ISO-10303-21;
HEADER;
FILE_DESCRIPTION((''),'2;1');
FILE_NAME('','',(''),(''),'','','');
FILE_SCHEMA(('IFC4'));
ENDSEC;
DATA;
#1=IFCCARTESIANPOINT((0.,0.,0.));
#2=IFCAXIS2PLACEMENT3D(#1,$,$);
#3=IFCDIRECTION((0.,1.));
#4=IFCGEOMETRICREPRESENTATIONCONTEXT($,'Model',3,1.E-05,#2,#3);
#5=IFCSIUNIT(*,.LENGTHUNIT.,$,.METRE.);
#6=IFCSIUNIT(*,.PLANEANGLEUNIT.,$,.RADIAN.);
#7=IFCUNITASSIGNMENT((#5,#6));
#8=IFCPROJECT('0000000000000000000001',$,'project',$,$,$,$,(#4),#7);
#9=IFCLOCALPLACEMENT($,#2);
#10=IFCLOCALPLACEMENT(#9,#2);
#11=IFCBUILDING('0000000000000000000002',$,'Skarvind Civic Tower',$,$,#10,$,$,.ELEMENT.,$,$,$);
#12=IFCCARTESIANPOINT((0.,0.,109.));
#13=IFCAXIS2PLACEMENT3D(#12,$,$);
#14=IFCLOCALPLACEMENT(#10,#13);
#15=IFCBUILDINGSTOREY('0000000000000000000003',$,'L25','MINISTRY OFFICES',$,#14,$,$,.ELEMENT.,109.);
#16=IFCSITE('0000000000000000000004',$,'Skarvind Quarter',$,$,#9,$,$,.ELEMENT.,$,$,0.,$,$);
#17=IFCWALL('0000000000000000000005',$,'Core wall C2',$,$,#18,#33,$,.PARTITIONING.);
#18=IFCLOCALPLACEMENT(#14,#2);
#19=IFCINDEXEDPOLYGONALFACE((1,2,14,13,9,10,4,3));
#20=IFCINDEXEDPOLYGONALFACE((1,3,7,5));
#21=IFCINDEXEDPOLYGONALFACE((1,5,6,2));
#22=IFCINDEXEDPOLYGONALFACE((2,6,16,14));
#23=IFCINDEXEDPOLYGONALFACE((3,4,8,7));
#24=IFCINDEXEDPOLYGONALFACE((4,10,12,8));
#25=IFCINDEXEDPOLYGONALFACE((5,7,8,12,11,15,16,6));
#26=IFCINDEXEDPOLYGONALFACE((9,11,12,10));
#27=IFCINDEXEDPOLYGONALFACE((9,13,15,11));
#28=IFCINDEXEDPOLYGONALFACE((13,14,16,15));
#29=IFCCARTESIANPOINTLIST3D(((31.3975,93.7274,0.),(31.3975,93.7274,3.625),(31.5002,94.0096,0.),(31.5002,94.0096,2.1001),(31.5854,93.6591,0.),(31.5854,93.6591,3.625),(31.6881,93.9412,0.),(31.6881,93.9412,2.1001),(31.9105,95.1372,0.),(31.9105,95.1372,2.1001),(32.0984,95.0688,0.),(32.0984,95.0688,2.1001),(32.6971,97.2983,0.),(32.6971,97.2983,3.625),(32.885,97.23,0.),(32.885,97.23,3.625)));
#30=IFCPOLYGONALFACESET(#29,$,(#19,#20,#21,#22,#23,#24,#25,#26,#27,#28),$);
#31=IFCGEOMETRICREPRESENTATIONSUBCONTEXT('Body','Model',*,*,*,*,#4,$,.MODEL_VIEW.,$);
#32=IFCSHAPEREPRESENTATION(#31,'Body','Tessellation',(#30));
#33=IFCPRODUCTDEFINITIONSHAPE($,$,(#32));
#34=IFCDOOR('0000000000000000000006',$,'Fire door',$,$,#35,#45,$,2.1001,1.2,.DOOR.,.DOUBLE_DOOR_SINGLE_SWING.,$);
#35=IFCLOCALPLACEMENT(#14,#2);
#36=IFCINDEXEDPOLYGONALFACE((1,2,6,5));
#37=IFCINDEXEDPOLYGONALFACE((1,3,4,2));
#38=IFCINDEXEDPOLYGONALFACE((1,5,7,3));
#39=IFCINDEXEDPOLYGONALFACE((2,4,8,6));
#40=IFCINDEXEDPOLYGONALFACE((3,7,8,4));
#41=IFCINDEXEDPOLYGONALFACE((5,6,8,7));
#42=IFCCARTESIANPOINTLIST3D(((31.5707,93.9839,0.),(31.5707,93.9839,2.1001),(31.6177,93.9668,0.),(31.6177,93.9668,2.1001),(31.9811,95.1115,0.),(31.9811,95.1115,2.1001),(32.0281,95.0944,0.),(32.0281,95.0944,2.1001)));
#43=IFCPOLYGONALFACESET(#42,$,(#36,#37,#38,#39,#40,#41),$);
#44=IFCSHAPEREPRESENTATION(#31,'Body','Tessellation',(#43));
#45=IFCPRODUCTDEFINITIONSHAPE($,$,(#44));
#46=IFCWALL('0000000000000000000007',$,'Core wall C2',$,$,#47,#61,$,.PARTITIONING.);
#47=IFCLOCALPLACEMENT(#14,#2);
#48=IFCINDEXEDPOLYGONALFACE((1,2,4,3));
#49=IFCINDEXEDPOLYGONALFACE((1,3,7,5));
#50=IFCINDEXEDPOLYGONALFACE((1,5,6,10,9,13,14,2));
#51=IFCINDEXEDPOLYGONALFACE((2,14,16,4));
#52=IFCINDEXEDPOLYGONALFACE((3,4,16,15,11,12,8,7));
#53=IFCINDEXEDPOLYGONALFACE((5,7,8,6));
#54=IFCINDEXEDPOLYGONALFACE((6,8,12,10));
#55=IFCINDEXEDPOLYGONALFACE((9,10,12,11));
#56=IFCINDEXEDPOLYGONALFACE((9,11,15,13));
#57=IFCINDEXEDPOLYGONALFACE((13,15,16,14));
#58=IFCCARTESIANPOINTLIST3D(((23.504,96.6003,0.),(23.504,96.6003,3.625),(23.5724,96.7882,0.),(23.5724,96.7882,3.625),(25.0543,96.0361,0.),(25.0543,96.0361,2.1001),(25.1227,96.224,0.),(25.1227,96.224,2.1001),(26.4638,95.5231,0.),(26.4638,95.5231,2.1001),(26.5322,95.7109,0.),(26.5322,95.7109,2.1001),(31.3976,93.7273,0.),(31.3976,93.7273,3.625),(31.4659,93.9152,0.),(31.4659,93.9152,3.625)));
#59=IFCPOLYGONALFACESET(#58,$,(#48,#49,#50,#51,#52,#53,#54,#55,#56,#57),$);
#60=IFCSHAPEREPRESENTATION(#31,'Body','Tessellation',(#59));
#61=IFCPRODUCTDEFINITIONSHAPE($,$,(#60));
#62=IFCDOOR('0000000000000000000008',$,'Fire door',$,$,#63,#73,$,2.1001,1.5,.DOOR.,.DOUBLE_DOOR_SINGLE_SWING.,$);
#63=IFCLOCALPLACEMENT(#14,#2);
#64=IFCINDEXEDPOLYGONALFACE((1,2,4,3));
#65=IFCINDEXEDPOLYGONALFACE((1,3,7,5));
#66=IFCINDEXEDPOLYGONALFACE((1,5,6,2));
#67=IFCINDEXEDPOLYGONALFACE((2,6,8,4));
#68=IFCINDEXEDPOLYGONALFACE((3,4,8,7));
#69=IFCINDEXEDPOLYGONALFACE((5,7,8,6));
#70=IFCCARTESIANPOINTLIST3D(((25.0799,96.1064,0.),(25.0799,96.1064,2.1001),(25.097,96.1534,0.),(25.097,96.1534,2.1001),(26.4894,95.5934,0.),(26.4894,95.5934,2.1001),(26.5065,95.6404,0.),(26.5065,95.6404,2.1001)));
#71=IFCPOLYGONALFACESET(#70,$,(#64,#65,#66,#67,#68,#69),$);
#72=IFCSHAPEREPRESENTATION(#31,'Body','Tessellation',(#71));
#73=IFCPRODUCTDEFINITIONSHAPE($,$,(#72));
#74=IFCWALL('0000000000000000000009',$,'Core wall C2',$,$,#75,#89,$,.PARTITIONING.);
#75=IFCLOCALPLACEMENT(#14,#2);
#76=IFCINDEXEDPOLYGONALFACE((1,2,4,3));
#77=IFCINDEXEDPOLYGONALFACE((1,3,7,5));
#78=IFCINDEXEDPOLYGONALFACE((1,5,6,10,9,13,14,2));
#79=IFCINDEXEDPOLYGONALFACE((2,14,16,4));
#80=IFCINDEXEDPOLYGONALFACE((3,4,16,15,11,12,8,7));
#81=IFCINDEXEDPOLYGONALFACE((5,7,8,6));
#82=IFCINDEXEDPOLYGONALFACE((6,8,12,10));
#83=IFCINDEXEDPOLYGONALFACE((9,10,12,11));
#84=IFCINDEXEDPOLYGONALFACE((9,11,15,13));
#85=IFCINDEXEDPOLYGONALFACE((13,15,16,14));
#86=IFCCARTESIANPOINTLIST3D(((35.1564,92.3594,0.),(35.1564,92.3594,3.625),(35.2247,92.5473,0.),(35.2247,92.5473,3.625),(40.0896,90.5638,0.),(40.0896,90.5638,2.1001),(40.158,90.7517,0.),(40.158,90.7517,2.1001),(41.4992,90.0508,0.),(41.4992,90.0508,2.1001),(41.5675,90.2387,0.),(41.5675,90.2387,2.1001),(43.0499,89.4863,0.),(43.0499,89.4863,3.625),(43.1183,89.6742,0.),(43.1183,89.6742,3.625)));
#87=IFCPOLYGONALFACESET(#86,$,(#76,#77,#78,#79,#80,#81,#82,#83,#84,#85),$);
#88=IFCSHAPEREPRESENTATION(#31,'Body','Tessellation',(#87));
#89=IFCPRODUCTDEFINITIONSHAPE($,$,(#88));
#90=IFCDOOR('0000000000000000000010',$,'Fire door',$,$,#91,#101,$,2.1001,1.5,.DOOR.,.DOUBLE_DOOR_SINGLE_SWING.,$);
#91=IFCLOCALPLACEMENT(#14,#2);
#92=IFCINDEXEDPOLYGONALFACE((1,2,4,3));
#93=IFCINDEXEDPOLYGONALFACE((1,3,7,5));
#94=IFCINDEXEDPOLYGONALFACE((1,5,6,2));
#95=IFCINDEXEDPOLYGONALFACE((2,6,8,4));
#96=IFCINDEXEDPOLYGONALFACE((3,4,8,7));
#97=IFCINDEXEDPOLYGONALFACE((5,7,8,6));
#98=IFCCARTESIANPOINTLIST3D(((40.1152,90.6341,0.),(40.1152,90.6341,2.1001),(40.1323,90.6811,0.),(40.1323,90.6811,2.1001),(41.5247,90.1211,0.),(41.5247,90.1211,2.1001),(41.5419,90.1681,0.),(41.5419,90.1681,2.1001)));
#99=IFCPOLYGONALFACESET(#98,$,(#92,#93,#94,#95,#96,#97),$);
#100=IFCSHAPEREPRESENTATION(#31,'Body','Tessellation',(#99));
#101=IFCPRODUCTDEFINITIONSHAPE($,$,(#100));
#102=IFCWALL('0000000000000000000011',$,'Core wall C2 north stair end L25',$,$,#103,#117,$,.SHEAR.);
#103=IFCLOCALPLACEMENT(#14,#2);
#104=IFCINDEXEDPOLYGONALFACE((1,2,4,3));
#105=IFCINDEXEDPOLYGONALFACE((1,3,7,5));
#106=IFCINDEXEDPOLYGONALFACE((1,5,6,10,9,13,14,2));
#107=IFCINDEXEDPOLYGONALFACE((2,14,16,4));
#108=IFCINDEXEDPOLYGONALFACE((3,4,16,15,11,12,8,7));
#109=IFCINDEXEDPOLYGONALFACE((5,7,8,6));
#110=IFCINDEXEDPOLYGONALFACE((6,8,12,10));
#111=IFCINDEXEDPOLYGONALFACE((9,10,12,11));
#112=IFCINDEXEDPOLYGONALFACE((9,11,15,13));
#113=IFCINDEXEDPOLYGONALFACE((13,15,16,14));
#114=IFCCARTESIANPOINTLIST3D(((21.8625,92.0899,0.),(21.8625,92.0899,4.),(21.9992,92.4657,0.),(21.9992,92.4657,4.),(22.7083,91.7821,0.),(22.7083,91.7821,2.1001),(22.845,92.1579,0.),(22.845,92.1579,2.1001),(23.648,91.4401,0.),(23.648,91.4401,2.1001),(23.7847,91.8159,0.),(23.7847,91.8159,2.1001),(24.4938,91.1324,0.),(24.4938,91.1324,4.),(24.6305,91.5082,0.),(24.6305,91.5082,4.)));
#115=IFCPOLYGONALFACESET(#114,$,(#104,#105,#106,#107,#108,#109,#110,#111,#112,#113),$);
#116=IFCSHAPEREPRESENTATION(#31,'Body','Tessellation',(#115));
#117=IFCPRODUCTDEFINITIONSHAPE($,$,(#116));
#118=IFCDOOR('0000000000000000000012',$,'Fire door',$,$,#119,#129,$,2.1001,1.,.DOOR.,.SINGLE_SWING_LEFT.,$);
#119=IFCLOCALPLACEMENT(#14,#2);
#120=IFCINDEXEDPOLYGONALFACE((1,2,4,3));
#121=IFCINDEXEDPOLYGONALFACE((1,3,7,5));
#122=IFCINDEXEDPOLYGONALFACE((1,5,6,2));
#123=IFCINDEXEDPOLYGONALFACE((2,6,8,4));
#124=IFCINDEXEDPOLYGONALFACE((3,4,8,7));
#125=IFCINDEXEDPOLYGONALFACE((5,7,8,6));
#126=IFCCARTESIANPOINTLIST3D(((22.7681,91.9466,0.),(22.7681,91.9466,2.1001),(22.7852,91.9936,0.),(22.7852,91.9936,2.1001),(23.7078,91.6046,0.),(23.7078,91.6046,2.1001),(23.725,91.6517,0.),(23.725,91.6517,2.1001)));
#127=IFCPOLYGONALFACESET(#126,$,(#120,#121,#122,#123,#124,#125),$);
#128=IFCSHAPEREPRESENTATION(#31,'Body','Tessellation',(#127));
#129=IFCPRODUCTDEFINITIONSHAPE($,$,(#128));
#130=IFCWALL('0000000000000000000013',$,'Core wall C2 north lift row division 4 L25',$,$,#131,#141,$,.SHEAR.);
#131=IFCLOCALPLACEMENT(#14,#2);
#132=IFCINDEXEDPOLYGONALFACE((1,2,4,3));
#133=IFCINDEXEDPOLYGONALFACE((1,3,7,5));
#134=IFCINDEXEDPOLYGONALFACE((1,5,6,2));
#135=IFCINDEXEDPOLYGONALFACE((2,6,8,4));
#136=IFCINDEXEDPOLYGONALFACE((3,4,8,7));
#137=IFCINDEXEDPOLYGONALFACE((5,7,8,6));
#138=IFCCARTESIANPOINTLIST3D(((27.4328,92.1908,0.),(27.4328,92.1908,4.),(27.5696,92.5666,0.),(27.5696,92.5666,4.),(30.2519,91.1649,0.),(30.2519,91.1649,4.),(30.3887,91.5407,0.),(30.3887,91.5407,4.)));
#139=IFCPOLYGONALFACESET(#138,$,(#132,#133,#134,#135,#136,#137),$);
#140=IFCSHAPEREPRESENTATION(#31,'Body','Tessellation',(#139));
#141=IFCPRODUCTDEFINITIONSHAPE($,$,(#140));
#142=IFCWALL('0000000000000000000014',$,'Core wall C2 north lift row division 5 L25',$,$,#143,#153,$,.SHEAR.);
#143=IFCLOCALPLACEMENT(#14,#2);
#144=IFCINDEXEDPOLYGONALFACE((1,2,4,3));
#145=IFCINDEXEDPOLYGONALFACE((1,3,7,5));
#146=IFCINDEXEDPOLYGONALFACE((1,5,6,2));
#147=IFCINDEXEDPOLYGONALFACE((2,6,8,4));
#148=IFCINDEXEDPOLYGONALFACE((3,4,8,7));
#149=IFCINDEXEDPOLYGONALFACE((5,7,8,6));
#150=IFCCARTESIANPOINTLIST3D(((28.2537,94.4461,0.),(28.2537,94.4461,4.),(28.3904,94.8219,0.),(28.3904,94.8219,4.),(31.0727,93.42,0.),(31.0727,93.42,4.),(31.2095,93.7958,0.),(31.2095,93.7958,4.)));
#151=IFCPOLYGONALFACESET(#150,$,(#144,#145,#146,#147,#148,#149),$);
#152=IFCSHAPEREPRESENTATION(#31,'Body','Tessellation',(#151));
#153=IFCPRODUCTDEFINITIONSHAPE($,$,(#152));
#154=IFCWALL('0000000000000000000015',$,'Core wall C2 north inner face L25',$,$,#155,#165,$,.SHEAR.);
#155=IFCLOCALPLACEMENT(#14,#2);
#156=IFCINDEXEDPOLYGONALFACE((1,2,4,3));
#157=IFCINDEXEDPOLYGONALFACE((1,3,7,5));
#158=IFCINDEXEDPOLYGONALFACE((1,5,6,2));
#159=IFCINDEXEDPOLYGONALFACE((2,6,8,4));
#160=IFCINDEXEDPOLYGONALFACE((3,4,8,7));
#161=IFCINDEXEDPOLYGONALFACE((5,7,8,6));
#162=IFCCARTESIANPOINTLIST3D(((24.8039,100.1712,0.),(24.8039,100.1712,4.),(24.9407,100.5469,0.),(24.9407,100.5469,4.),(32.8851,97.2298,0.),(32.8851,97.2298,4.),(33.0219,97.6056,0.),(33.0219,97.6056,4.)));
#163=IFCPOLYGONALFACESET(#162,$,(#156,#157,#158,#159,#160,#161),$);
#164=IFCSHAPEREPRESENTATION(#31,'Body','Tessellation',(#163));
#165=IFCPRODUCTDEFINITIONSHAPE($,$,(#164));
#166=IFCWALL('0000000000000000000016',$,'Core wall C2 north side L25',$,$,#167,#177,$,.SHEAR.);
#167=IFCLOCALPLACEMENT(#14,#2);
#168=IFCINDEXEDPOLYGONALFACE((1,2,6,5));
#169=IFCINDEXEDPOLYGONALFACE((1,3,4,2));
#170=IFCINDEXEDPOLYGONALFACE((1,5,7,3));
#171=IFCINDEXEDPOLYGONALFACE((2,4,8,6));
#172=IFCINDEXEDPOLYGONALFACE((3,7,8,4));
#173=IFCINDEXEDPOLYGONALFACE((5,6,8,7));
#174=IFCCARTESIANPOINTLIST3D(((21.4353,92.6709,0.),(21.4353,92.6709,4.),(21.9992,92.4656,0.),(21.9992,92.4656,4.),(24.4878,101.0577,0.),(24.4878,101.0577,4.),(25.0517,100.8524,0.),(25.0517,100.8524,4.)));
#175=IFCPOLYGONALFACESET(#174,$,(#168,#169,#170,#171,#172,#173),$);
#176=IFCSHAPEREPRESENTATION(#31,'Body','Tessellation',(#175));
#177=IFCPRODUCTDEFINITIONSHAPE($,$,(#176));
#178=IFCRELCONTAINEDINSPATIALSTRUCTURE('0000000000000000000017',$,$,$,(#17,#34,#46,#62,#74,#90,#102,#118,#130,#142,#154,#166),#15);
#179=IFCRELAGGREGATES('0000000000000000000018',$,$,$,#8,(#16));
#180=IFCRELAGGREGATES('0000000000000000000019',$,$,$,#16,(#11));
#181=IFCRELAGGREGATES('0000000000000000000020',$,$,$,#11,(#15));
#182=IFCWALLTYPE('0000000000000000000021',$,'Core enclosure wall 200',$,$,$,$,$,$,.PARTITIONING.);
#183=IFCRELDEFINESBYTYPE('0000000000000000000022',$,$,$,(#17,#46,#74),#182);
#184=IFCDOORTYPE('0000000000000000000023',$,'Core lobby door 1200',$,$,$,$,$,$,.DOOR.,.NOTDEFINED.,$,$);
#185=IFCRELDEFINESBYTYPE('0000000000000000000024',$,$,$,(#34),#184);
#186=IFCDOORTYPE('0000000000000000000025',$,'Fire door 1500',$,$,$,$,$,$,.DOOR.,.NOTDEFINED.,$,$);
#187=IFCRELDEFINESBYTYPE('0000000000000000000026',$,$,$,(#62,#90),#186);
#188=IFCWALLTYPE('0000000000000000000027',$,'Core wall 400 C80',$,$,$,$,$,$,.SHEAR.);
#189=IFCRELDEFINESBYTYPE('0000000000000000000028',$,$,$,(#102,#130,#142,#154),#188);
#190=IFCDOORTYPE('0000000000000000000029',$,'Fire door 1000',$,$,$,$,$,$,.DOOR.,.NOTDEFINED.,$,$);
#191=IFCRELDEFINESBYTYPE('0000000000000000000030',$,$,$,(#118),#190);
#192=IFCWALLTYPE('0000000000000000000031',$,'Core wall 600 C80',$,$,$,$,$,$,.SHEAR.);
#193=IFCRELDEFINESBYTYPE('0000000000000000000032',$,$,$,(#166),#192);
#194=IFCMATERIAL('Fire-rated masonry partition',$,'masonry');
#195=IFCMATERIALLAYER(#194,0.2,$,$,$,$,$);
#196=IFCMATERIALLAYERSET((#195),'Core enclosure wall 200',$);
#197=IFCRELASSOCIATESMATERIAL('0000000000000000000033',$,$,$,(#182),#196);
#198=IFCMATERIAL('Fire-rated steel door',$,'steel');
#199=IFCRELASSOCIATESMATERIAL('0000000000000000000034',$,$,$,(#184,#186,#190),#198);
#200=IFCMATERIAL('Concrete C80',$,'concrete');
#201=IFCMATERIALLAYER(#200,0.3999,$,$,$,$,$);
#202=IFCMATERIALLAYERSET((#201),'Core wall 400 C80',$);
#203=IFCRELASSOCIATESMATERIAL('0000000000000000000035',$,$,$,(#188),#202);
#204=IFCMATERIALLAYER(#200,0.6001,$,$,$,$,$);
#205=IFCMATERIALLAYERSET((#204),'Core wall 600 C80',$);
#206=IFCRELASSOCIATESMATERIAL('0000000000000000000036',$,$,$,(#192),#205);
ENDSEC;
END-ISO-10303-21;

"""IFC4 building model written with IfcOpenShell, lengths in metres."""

from ifc_helpers import new_model, si_unit, direction, frame, frame_2d, origin, place, context, subcontext, project, spatial, rectangle, extrude, material, layer, layer_set, type_object, element, fill, save


model = new_model("IFC4")

# Units and contexts
model_context = context("Model", 3, precision=1e-05, world=origin(), true_north=direction((0.0, 1.0)))
body_context = subcontext(model_context, "Body", "Model", "MODEL_VIEW")
ifc_project = project(units=[si_unit("LENGTHUNIT", "METRE"), si_unit("PLANEANGLEUNIT", "RADIAN")], contexts=[model_context])

# Site, building, storey
site_placement = place(None, origin())
site = spatial("IfcSite", under=ifc_project, at=site_placement, Name="Skarvind Quarter", CompositionType="ELEMENT", RefElevation=0.0)
building_placement = place(site_placement, origin())
building = spatial("IfcBuilding", under=site, at=building_placement, Name="Skarvind Civic Tower", CompositionType="ELEMENT")
storey_placement = place(building_placement, frame((0.0, 0.0, 109.0)))
storey = spatial("IfcBuildingStorey", under=building, at=storey_placement, Name="L25", Description="MINISTRY OFFICES", CompositionType="ELEMENT", Elevation=109.0)

# Walls, openings, doors
ifc_material_1 = material(Name="Fire-rated masonry partition", Category="masonry")
ifc_layer_1 = layer(ifc_material_1, 0.2)
ifc_layer_set_1 = layer_set([ifc_layer_1], Name="Core enclosure wall 200")
wall_type_1 = type_object("IfcWallType", Name="Core enclosure wall 200", PredefinedType="PARTITIONING", material=ifc_layer_set_1)
wall_1_placement = place(storey_placement, frame((31.4915, 93.6934, 0.0), z_axis=(0.0, 0.0, 1.0), x_axis=(0.341996, 0.939701, 0.0)))
wall_1 = element("IfcWall", 1, at=wall_1_placement, inside=storey, type_object=wall_type_1, Name="Core wall C2", PredefinedType="PARTITIONING", context=body_context, shape_type="SweptSolid", body=[
    extrude(rectangle(XDim=3.8, YDim=0.2, at=frame_2d((1.8999, 0.0))), origin(), (0.0, 0.0, 1.0), 3.625),
])
opening_1_placement = place(wall_1_placement, frame((0.3, 0.0, 0.0)))
opening_1 = element("IfcOpeningElement", 2, at=opening_1_placement, cuts=wall_1, PredefinedType="OPENING", context=body_context, shape_type="SweptSolid", body=[
    extrude(rectangle(XDim=1.2, YDim=2.1001, at=frame_2d((0.6001, 1.05))), frame((0.0, 0.1099, 0.0), z_axis=(0.0, -1.0, 0.0), x_axis=(1.0, 0.0, 0.0)), (0.0, 0.0, 1.0), 0.22),
])
ifc_material_2 = material(Name="Fire-rated steel door", Category="steel")
door_type_1 = type_object("IfcDoorType", Name="Core lobby door 1200", OperationType="NOTDEFINED", PredefinedType="DOOR", material=ifc_material_2)
door_1_placement = place(opening_1_placement, origin())
door_1 = element("IfcDoor", 3, at=door_1_placement, inside=storey, type_object=door_type_1, Name="Fire door", OperationType="DOUBLE_DOOR_SINGLE_SWING", OverallHeight=2.1001, OverallWidth=1.2, PredefinedType="DOOR", context=body_context, shape_type="SweptSolid", body=[
    extrude(rectangle(XDim=1.2, YDim=2.1001, at=frame_2d((0.6001, 1.05))), frame((0.0, 0.0249, 0.0), z_axis=(0.0, -1.0, 0.0), x_axis=(1.0, 0.0, 0.0)), (0.0, 0.0, 1.0), 0.05),
])
fill(opening_1, door_1)
wall_2_placement = place(storey_placement, frame((23.5381, 96.6943, 0.0), z_axis=(0.0, 0.0, 1.0), x_axis=(0.939692, -0.342023, 0.0)))
wall_2 = element("IfcWall", 4, at=wall_2_placement, inside=storey, type_object=wall_type_1, Name="Core wall C2", PredefinedType="PARTITIONING", context=body_context, shape_type="SweptSolid", body=[
    extrude(rectangle(XDim=8.4001, YDim=0.2, at=frame_2d((4.2002, 0.0))), origin(), (0.0, 0.0, 1.0), 3.625),
])
opening_2_placement = place(wall_2_placement, frame((1.6499, 0.0, 0.0)))
opening_2 = element("IfcOpeningElement", 5, at=opening_2_placement, cuts=wall_2, PredefinedType="OPENING", context=body_context, shape_type="SweptSolid", body=[
    extrude(rectangle(XDim=1.5, YDim=2.1001, at=frame_2d((0.75, 1.05))), frame((0.0, 0.1099, 0.0), z_axis=(0.0, -1.0, 0.0), x_axis=(1.0, 0.0, 0.0)), (0.0, 0.0, 1.0), 0.22),
])
door_type_2 = type_object("IfcDoorType", Name="Fire door 1500", OperationType="NOTDEFINED", PredefinedType="DOOR", material=ifc_material_2)
door_2_placement = place(opening_2_placement, origin())
door_2 = element("IfcDoor", 6, at=door_2_placement, inside=storey, type_object=door_type_2, Name="Fire door", OperationType="DOUBLE_DOOR_SINGLE_SWING", OverallHeight=2.1001, OverallWidth=1.5, PredefinedType="DOOR", context=body_context, shape_type="SweptSolid", body=[
    extrude(rectangle(XDim=1.5, YDim=2.1001, at=frame_2d((0.75, 1.05))), frame((0.0, 0.0249, 0.0), z_axis=(0.0, -1.0, 0.0), x_axis=(1.0, 0.0, 0.0)), (0.0, 0.0, 1.0), 0.05),
])
fill(opening_2, door_2)
wall_3_placement = place(storey_placement, frame((35.1904, 92.4534, 0.0), z_axis=(0.0, 0.0, 1.0), x_axis=(0.939692, -0.342023, 0.0)))
wall_3 = element("IfcWall", 7, at=wall_3_placement, inside=storey, type_object=wall_type_1, Name="Core wall C2", PredefinedType="PARTITIONING", context=body_context, shape_type="SweptSolid", body=[
    extrude(rectangle(XDim=8.4001, YDim=0.2, at=frame_2d((4.2002, 0.0))), origin(), (0.0, 0.0, 1.0), 3.625),
])
opening_3_placement = place(wall_3_placement, frame((5.25, 0.0, 0.0)))
opening_3 = element("IfcOpeningElement", 8, at=opening_3_placement, cuts=wall_3, PredefinedType="OPENING", context=body_context, shape_type="SweptSolid", body=[
    extrude(rectangle(XDim=1.5, YDim=2.1001, at=frame_2d((0.75, 1.05))), frame((0.0, 0.1099, 0.0), z_axis=(0.0, -1.0, 0.0), x_axis=(1.0, 0.0, 0.0)), (0.0, 0.0, 1.0), 0.22),
])
door_3_placement = place(opening_3_placement, origin())
door_3 = element("IfcDoor", 9, at=door_3_placement, inside=storey, type_object=door_type_2, Name="Fire door", OperationType="DOUBLE_DOOR_SINGLE_SWING", OverallHeight=2.1001, OverallWidth=1.5, PredefinedType="DOOR", context=body_context, shape_type="SweptSolid", body=[
    extrude(rectangle(XDim=1.5, YDim=2.1001, at=frame_2d((0.75, 1.05))), frame((0.0, 0.0249, 0.0), z_axis=(0.0, -1.0, 0.0), x_axis=(1.0, 0.0, 0.0)), (0.0, 0.0, 1.0), 0.05),
])
fill(opening_3, door_3)
ifc_material_3 = material(Name="Concrete C80", Category="concrete")
ifc_layer_2 = layer(ifc_material_3, 0.3999)
ifc_layer_set_2 = layer_set([ifc_layer_2], Name="Core wall 400 C80")
wall_type_2 = type_object("IfcWallType", Name="Core wall 400 C80", PredefinedType="SHEAR", material=ifc_layer_set_2)
wall_4_placement = place(storey_placement, frame((24.562, 91.3203, 0.0), z_axis=(0.0, 0.0, 1.0), x_axis=(-0.939717, 0.341953, 0.0)))
wall_4 = element("IfcWall", 10, at=wall_4_placement, inside=storey, type_object=wall_type_2, Name="Core wall C2 north stair end L25", PredefinedType="SHEAR", context=body_context, shape_type="SweptSolid", body=[
    extrude(rectangle(XDim=2.8, YDim=0.3999, at=frame_2d((1.3999, 0.0))), origin(), (0.0, 0.0, 1.0), 4.0),
])
opening_4_placement = place(wall_4_placement, frame((0.8999, 0.0, 0.0)))
opening_4 = element("IfcOpeningElement", 11, at=opening_4_placement, cuts=wall_4, PredefinedType="OPENING", context=body_context, shape_type="SweptSolid", body=[
    extrude(rectangle(XDim=1.0, YDim=2.1001, at=frame_2d((0.5, 1.05))), frame((0.0, 0.21, 0.0), z_axis=(0.0, -1.0, 0.0), x_axis=(1.0, 0.0, 0.0)), (0.0, 0.0, 1.0), 0.4199),
])
door_type_3 = type_object("IfcDoorType", Name="Fire door 1000", OperationType="NOTDEFINED", PredefinedType="DOOR", material=ifc_material_2)
door_4_placement = place(opening_4_placement, origin())
door_4 = element("IfcDoor", 12, at=door_4_placement, inside=storey, type_object=door_type_3, Name="Fire door", OperationType="SINGLE_SWING_LEFT", OverallHeight=2.1001, OverallWidth=1.0, PredefinedType="DOOR", context=body_context, shape_type="SweptSolid", body=[
    extrude(rectangle(XDim=1.0, YDim=2.1001, at=frame_2d((0.5, 1.05))), frame((0.0, 0.0249, 0.0), z_axis=(0.0, -1.0, 0.0), x_axis=(1.0, 0.0, 0.0)), (0.0, 0.0, 1.0), 0.05),
])
fill(opening_4, door_4)

# Walls
for number, where, z_axis, x_axis, name in (
    (13, (30.3203, 91.3528, 0.0), (0.0, 0.0, 1.0), (-0.939713, 0.341965, 0.0), "Core wall C2 north lift row division 4 L25"),
    (14, (31.1411, 93.6079, 0.0), (0.0, 0.0, 1.0), (-0.939686, 0.342037, 0.0), "Core wall C2 north lift row division 5 L25"),
):
    element("IfcWall", number, at=place(storey_placement, frame(where, z_axis=z_axis, x_axis=x_axis)), inside=storey, type_object=wall_type_2, Name=name, PredefinedType="SHEAR", context=body_context, shape_type="SweptSolid", body=[
        extrude(rectangle(XDim=3.0, YDim=0.3999, at=frame_2d((1.5, 0.0))), origin(), (0.0, 0.0, 1.0), 4.0),
    ])
wall_5_placement = place(storey_placement, frame((32.9534, 97.4177, 0.0), z_axis=(0.0, 0.0, 1.0), x_axis=(-0.939691, 0.342026, 0.0)))
element("IfcWall", 15, at=wall_5_placement, inside=storey, type_object=wall_type_2, Name="Core wall C2 north inner face L25", PredefinedType="SHEAR", context=body_context, shape_type="SweptSolid", body=[
    extrude(rectangle(XDim=8.5999, YDim=0.3999, at=frame_2d((4.2998, 0.0))), origin(), (0.0, 0.0, 1.0), 4.0),
])
ifc_layer_3 = layer(ifc_material_3, 0.6001)
ifc_layer_set_3 = layer_set([ifc_layer_3], Name="Core wall 600 C80")
wall_type_3 = type_object("IfcWallType", Name="Core wall 600 C80", PredefinedType="SHEAR", material=ifc_layer_set_3)
wall_6_placement = place(storey_placement, frame((21.7173, 92.5684, 0.0), z_axis=(0.0, 0.0, 1.0), x_axis=(0.342018, 0.939694, 0.0)))
element("IfcWall", 16, at=wall_6_placement, inside=storey, type_object=wall_type_3, Name="Core wall C2 north side L25", PredefinedType="SHEAR", context=body_context, shape_type="SweptSolid", body=[
    extrude(rectangle(XDim=8.925, YDim=0.6001, at=frame_2d((4.4624, 0.0))), origin(), (0.0, 0.0, 1.0), 4.0),
])

save(model, "model.ifc")
